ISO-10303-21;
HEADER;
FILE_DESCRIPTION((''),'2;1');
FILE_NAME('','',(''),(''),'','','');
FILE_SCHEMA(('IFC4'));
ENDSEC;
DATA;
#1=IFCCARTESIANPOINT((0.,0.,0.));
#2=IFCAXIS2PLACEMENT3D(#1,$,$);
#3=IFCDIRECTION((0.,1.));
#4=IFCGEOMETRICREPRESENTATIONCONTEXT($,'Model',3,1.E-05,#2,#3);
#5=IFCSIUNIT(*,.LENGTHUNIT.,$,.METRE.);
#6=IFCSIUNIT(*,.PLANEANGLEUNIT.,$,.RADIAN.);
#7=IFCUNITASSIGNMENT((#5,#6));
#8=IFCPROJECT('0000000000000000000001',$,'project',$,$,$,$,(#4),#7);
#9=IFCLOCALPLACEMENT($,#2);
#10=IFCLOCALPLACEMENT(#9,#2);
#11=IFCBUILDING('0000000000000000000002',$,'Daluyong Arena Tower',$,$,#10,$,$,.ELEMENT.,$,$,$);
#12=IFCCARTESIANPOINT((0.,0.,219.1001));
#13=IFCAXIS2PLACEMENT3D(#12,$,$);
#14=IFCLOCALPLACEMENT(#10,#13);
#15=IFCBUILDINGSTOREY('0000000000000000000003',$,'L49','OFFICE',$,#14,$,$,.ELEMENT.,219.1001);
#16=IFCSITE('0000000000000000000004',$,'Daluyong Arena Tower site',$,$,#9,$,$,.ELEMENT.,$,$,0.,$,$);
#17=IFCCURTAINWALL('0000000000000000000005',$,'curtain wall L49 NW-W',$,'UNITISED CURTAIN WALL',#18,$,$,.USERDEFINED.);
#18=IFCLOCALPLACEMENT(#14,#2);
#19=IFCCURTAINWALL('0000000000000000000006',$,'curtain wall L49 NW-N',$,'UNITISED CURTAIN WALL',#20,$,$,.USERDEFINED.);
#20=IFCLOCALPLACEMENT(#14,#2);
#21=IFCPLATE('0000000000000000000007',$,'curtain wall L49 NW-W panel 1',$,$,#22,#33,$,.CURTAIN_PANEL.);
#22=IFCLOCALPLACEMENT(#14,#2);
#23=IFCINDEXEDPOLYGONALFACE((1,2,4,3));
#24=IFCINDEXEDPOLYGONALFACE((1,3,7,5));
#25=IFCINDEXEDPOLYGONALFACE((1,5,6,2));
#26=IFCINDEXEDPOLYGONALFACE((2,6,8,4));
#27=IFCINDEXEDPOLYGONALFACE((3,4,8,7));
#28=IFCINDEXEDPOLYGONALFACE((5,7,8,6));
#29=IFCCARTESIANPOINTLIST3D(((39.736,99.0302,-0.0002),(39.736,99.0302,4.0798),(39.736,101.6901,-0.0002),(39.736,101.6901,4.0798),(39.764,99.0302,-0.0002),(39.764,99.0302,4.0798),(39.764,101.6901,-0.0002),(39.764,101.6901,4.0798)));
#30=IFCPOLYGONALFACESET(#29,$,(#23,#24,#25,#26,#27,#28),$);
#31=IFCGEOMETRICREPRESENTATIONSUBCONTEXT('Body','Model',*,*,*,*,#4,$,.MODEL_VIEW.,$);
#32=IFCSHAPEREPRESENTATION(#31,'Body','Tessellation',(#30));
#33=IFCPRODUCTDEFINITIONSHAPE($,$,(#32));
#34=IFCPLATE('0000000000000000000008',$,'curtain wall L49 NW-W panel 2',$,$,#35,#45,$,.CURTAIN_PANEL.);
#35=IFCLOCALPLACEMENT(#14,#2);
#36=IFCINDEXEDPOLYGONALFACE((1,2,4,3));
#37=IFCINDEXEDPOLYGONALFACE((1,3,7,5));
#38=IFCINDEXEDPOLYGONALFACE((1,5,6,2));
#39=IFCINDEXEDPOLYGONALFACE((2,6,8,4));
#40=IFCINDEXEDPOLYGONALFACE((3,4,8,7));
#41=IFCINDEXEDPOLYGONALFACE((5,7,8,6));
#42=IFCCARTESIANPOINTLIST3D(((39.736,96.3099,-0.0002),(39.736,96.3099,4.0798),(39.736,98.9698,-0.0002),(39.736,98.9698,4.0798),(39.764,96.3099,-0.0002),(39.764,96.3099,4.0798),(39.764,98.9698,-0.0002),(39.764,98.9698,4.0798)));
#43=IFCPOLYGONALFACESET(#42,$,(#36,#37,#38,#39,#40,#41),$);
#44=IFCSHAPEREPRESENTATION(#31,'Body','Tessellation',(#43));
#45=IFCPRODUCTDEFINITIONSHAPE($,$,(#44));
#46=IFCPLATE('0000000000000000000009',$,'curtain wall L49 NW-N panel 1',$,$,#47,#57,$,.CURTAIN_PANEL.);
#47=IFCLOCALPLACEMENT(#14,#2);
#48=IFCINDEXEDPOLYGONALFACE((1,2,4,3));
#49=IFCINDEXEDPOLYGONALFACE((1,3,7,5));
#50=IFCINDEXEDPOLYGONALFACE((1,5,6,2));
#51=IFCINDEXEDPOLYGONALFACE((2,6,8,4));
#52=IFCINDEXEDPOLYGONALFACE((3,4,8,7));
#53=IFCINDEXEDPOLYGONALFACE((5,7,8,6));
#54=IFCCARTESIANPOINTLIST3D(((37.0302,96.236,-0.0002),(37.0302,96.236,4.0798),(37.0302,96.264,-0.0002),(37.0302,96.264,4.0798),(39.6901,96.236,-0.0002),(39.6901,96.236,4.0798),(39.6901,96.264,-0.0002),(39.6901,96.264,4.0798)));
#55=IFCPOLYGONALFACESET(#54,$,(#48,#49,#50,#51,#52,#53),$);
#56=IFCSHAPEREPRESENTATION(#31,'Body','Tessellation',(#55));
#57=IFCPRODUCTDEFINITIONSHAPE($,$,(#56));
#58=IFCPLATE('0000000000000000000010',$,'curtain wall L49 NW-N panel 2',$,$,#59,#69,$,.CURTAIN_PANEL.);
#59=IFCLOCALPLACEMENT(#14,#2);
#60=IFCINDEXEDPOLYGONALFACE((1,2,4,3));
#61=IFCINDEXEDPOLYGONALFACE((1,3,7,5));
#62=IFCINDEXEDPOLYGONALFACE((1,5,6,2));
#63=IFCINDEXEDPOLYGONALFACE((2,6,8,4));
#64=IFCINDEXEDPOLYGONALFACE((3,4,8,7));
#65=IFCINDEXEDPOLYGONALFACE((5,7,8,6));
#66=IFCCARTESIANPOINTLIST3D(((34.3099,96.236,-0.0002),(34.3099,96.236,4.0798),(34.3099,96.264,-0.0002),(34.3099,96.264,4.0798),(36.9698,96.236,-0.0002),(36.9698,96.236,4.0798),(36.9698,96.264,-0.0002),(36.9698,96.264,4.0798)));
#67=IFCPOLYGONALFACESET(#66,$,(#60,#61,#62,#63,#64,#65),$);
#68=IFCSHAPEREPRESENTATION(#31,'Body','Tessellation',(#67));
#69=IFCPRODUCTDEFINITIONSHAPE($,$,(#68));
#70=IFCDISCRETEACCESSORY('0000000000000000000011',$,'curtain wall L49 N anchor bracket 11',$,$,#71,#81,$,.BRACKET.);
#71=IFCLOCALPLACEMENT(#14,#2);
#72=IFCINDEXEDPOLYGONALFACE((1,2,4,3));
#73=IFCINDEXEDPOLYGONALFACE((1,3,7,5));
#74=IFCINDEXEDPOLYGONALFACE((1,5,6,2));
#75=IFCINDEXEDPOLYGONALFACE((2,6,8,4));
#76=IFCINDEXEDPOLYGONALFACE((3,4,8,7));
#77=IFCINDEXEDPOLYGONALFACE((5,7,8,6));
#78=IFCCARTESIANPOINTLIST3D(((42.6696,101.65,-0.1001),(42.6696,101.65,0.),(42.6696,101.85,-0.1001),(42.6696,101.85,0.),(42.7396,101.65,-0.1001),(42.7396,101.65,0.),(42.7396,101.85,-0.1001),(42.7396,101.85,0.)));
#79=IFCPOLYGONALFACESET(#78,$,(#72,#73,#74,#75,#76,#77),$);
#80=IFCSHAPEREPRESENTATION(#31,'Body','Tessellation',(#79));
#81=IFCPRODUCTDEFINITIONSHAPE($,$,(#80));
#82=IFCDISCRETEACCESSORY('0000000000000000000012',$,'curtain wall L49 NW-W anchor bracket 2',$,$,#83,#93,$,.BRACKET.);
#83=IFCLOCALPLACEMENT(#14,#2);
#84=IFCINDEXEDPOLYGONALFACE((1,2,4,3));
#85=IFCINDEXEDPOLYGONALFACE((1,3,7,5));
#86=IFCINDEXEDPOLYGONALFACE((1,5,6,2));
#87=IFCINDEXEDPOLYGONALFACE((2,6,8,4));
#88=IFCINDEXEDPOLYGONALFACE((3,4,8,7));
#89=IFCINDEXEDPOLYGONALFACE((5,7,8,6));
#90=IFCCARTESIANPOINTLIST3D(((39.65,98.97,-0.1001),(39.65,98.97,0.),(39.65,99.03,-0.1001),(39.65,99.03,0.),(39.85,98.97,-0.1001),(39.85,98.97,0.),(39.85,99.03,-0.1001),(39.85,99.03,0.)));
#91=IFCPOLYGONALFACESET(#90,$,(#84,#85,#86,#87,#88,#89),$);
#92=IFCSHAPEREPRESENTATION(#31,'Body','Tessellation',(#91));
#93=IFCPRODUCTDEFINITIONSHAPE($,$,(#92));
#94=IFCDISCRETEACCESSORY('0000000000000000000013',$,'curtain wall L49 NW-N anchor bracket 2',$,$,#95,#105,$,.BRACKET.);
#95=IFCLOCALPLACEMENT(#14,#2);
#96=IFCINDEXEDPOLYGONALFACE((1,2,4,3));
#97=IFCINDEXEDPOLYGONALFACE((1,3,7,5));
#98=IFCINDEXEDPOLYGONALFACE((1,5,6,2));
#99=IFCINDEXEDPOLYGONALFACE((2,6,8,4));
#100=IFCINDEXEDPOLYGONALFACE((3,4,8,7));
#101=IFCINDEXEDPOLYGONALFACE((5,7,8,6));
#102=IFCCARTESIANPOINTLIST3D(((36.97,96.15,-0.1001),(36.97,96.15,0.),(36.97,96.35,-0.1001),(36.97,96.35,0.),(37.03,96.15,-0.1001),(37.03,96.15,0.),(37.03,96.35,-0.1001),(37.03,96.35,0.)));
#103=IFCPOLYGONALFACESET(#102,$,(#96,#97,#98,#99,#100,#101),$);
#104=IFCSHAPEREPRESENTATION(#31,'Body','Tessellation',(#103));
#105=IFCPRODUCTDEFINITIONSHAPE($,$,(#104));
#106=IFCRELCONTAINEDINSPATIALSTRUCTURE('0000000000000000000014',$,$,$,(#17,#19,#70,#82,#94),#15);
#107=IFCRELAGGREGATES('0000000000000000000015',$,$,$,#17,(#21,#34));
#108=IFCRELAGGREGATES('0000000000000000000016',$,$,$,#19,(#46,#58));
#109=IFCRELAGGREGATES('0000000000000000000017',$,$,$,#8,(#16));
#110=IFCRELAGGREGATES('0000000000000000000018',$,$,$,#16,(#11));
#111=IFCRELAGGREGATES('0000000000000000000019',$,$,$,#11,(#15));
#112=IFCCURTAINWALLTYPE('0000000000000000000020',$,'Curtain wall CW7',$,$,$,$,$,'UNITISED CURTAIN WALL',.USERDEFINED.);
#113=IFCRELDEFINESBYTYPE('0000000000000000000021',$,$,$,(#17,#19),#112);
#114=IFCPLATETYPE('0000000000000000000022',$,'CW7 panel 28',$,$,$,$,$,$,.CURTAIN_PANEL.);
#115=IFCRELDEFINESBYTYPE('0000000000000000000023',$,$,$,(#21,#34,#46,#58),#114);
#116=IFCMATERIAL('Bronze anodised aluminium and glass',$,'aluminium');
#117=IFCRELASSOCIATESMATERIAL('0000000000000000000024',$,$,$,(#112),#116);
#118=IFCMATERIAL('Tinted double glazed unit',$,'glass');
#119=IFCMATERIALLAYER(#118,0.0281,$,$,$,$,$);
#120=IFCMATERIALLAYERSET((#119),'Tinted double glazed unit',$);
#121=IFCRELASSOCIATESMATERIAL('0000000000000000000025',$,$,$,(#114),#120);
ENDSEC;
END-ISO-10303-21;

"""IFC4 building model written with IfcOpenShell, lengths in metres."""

from ifc_helpers import new_model, si_unit, direction, frame, origin, origin_2d, place, context, subcontext, project, spatial, rectangle, extrude, material, layer, layer_set, type_object, element, aggregate, save


model = new_model("IFC4")

# Units and contexts
model_context = context("Model", 3, precision=1e-05, world=origin(), true_north=direction((0.0, 1.0)))
body_context = subcontext(model_context, "Body", "Model", "MODEL_VIEW")
ifc_project = project(units=[si_unit("LENGTHUNIT", "METRE"), si_unit("PLANEANGLEUNIT", "RADIAN")], contexts=[model_context])

# Site, building, storey
site_placement = place(None, origin())
site = spatial("IfcSite", under=ifc_project, at=site_placement, Name="Daluyong Arena Tower site", CompositionType="ELEMENT", RefElevation=0.0)
building_placement = place(site_placement, origin())
building = spatial("IfcBuilding", under=site, at=building_placement, Name="Daluyong Arena Tower", CompositionType="ELEMENT")
storey_placement = place(building_placement, frame((0.0, 0.0, 219.1001)))
storey = spatial("IfcBuildingStorey", under=building, at=storey_placement, Name="L49", Description="OFFICE", CompositionType="ELEMENT", Elevation=219.1001)

# Curtain walls
ifc_material_1 = material(Name="Bronze anodised aluminium and glass", Category="aluminium")
curtain_wall_type_1 = type_object("IfcCurtainWallType", Name="Curtain wall CW7", ElementType="UNITISED CURTAIN WALL", PredefinedType="USERDEFINED", material=ifc_material_1)
curtain_wall_1_placement = place(storey_placement, origin())
curtain_wall_1 = element("IfcCurtainWall", 1, at=curtain_wall_1_placement, inside=storey, type_object=curtain_wall_type_1, Name="curtain wall L49 NW-W", ObjectType="UNITISED CURTAIN WALL", PredefinedType="USERDEFINED")
curtain_wall_2_placement = place(storey_placement, origin())
curtain_wall_2 = element("IfcCurtainWall", 2, at=curtain_wall_2_placement, inside=storey, type_object=curtain_wall_type_1, Name="curtain wall L49 NW-N", ObjectType="UNITISED CURTAIN WALL", PredefinedType="USERDEFINED")

# Plates
ifc_material_2 = material(Name="Tinted double glazed unit", Category="glass")
ifc_layer_1 = layer(ifc_material_2, 0.0281)
ifc_layer_set_1 = layer_set([ifc_layer_1], Name="Tinted double glazed unit")
plate_type_1 = type_object("IfcPlateType", Name="CW7 panel 28", PredefinedType="CURTAIN_PANEL", material=ifc_layer_set_1)
plate_1_placement = place(storey_placement, frame((39.75, 100.3601, -0.0002), z_axis=(0.0, 0.0, 1.0), x_axis=(0.0, -1.0, 0.0)))
plate_1 = element("IfcPlate", 3, at=plate_1_placement, type_object=plate_type_1, Name="curtain wall L49 NW-W panel 1", PredefinedType="CURTAIN_PANEL", context=body_context, shape_type="SweptSolid", body=[
    extrude(rectangle(XDim=2.6599, YDim=0.0281, at=origin_2d()), origin(), (0.0, 0.0, 1.0), 4.0801),
])
plate_2_placement = place(storey_placement, frame((39.75, 97.6399, -0.0002), z_axis=(0.0, 0.0, 1.0), x_axis=(0.0, -1.0, 0.0)))
plate_2 = element("IfcPlate", 4, at=plate_2_placement, type_object=plate_type_1, Name="curtain wall L49 NW-W panel 2", PredefinedType="CURTAIN_PANEL", context=body_context, shape_type="SweptSolid", body=[
    extrude(rectangle(XDim=2.6599, YDim=0.0281, at=origin_2d()), origin(), (0.0, 0.0, 1.0), 4.0801),
])
aggregate(curtain_wall_1, [plate_1, plate_2])
plate_3_placement = place(storey_placement, frame((38.3601, 96.25, -0.0002), z_axis=(0.0, 0.0, 1.0), x_axis=(-1.0, 0.0, 0.0)))
plate_3 = element("IfcPlate", 5, at=plate_3_placement, type_object=plate_type_1, Name="curtain wall L49 NW-N panel 1", PredefinedType="CURTAIN_PANEL", context=body_context, shape_type="SweptSolid", body=[
    extrude(rectangle(XDim=2.6599, YDim=0.0281, at=origin_2d()), origin(), (0.0, 0.0, 1.0), 4.0801),
])
plate_4_placement = place(storey_placement, frame((35.6399, 96.25, -0.0002), z_axis=(0.0, 0.0, 1.0), x_axis=(-1.0, 0.0, 0.0)))
plate_4 = element("IfcPlate", 6, at=plate_4_placement, type_object=plate_type_1, Name="curtain wall L49 NW-N panel 2", PredefinedType="CURTAIN_PANEL", context=body_context, shape_type="SweptSolid", body=[
    extrude(rectangle(XDim=2.6599, YDim=0.0281, at=origin_2d()), origin(), (0.0, 0.0, 1.0), 4.0801),
])
aggregate(curtain_wall_2, [plate_3, plate_4])

# Discrete accessories
discrete_accessory_placement = place(storey_placement, frame((42.7046, 101.75, -0.1001), z_axis=(0.0, 0.0, 1.0), x_axis=(-1.0, 0.0, 0.0)))
element("IfcDiscreteAccessory", 7, at=discrete_accessory_placement, inside=storey, Name="curtain wall L49 N anchor bracket 11", PredefinedType="BRACKET", context=body_context, shape_type="SweptSolid", body=[
    extrude(rectangle(XDim=0.0701, YDim=0.2, at=origin_2d()), origin(), (0.0, 0.0, 1.0), 0.1001),
])
for number, where, z_axis, x_axis, name in (
    (8, (39.75, 99.0, -0.1001), (0.0, 0.0, 1.0), (0.0, -1.0, 0.0), "curtain wall L49 NW-W anchor bracket 2"),
    (9, (37.0, 96.25, -0.1001), (0.0, 0.0, 1.0), (-1.0, 0.0, 0.0), "curtain wall L49 NW-N anchor bracket 2"),
):
    element("IfcDiscreteAccessory", number, at=place(storey_placement, frame(where, z_axis=z_axis, x_axis=x_axis)), inside=storey, Name=name, PredefinedType="BRACKET", context=body_context, shape_type="SweptSolid", body=[
        extrude(rectangle(XDim=0.0601, YDim=0.2, at=origin_2d()), origin(), (0.0, 0.0, 1.0), 0.1001),
    ])

save(model, "model.ifc")
